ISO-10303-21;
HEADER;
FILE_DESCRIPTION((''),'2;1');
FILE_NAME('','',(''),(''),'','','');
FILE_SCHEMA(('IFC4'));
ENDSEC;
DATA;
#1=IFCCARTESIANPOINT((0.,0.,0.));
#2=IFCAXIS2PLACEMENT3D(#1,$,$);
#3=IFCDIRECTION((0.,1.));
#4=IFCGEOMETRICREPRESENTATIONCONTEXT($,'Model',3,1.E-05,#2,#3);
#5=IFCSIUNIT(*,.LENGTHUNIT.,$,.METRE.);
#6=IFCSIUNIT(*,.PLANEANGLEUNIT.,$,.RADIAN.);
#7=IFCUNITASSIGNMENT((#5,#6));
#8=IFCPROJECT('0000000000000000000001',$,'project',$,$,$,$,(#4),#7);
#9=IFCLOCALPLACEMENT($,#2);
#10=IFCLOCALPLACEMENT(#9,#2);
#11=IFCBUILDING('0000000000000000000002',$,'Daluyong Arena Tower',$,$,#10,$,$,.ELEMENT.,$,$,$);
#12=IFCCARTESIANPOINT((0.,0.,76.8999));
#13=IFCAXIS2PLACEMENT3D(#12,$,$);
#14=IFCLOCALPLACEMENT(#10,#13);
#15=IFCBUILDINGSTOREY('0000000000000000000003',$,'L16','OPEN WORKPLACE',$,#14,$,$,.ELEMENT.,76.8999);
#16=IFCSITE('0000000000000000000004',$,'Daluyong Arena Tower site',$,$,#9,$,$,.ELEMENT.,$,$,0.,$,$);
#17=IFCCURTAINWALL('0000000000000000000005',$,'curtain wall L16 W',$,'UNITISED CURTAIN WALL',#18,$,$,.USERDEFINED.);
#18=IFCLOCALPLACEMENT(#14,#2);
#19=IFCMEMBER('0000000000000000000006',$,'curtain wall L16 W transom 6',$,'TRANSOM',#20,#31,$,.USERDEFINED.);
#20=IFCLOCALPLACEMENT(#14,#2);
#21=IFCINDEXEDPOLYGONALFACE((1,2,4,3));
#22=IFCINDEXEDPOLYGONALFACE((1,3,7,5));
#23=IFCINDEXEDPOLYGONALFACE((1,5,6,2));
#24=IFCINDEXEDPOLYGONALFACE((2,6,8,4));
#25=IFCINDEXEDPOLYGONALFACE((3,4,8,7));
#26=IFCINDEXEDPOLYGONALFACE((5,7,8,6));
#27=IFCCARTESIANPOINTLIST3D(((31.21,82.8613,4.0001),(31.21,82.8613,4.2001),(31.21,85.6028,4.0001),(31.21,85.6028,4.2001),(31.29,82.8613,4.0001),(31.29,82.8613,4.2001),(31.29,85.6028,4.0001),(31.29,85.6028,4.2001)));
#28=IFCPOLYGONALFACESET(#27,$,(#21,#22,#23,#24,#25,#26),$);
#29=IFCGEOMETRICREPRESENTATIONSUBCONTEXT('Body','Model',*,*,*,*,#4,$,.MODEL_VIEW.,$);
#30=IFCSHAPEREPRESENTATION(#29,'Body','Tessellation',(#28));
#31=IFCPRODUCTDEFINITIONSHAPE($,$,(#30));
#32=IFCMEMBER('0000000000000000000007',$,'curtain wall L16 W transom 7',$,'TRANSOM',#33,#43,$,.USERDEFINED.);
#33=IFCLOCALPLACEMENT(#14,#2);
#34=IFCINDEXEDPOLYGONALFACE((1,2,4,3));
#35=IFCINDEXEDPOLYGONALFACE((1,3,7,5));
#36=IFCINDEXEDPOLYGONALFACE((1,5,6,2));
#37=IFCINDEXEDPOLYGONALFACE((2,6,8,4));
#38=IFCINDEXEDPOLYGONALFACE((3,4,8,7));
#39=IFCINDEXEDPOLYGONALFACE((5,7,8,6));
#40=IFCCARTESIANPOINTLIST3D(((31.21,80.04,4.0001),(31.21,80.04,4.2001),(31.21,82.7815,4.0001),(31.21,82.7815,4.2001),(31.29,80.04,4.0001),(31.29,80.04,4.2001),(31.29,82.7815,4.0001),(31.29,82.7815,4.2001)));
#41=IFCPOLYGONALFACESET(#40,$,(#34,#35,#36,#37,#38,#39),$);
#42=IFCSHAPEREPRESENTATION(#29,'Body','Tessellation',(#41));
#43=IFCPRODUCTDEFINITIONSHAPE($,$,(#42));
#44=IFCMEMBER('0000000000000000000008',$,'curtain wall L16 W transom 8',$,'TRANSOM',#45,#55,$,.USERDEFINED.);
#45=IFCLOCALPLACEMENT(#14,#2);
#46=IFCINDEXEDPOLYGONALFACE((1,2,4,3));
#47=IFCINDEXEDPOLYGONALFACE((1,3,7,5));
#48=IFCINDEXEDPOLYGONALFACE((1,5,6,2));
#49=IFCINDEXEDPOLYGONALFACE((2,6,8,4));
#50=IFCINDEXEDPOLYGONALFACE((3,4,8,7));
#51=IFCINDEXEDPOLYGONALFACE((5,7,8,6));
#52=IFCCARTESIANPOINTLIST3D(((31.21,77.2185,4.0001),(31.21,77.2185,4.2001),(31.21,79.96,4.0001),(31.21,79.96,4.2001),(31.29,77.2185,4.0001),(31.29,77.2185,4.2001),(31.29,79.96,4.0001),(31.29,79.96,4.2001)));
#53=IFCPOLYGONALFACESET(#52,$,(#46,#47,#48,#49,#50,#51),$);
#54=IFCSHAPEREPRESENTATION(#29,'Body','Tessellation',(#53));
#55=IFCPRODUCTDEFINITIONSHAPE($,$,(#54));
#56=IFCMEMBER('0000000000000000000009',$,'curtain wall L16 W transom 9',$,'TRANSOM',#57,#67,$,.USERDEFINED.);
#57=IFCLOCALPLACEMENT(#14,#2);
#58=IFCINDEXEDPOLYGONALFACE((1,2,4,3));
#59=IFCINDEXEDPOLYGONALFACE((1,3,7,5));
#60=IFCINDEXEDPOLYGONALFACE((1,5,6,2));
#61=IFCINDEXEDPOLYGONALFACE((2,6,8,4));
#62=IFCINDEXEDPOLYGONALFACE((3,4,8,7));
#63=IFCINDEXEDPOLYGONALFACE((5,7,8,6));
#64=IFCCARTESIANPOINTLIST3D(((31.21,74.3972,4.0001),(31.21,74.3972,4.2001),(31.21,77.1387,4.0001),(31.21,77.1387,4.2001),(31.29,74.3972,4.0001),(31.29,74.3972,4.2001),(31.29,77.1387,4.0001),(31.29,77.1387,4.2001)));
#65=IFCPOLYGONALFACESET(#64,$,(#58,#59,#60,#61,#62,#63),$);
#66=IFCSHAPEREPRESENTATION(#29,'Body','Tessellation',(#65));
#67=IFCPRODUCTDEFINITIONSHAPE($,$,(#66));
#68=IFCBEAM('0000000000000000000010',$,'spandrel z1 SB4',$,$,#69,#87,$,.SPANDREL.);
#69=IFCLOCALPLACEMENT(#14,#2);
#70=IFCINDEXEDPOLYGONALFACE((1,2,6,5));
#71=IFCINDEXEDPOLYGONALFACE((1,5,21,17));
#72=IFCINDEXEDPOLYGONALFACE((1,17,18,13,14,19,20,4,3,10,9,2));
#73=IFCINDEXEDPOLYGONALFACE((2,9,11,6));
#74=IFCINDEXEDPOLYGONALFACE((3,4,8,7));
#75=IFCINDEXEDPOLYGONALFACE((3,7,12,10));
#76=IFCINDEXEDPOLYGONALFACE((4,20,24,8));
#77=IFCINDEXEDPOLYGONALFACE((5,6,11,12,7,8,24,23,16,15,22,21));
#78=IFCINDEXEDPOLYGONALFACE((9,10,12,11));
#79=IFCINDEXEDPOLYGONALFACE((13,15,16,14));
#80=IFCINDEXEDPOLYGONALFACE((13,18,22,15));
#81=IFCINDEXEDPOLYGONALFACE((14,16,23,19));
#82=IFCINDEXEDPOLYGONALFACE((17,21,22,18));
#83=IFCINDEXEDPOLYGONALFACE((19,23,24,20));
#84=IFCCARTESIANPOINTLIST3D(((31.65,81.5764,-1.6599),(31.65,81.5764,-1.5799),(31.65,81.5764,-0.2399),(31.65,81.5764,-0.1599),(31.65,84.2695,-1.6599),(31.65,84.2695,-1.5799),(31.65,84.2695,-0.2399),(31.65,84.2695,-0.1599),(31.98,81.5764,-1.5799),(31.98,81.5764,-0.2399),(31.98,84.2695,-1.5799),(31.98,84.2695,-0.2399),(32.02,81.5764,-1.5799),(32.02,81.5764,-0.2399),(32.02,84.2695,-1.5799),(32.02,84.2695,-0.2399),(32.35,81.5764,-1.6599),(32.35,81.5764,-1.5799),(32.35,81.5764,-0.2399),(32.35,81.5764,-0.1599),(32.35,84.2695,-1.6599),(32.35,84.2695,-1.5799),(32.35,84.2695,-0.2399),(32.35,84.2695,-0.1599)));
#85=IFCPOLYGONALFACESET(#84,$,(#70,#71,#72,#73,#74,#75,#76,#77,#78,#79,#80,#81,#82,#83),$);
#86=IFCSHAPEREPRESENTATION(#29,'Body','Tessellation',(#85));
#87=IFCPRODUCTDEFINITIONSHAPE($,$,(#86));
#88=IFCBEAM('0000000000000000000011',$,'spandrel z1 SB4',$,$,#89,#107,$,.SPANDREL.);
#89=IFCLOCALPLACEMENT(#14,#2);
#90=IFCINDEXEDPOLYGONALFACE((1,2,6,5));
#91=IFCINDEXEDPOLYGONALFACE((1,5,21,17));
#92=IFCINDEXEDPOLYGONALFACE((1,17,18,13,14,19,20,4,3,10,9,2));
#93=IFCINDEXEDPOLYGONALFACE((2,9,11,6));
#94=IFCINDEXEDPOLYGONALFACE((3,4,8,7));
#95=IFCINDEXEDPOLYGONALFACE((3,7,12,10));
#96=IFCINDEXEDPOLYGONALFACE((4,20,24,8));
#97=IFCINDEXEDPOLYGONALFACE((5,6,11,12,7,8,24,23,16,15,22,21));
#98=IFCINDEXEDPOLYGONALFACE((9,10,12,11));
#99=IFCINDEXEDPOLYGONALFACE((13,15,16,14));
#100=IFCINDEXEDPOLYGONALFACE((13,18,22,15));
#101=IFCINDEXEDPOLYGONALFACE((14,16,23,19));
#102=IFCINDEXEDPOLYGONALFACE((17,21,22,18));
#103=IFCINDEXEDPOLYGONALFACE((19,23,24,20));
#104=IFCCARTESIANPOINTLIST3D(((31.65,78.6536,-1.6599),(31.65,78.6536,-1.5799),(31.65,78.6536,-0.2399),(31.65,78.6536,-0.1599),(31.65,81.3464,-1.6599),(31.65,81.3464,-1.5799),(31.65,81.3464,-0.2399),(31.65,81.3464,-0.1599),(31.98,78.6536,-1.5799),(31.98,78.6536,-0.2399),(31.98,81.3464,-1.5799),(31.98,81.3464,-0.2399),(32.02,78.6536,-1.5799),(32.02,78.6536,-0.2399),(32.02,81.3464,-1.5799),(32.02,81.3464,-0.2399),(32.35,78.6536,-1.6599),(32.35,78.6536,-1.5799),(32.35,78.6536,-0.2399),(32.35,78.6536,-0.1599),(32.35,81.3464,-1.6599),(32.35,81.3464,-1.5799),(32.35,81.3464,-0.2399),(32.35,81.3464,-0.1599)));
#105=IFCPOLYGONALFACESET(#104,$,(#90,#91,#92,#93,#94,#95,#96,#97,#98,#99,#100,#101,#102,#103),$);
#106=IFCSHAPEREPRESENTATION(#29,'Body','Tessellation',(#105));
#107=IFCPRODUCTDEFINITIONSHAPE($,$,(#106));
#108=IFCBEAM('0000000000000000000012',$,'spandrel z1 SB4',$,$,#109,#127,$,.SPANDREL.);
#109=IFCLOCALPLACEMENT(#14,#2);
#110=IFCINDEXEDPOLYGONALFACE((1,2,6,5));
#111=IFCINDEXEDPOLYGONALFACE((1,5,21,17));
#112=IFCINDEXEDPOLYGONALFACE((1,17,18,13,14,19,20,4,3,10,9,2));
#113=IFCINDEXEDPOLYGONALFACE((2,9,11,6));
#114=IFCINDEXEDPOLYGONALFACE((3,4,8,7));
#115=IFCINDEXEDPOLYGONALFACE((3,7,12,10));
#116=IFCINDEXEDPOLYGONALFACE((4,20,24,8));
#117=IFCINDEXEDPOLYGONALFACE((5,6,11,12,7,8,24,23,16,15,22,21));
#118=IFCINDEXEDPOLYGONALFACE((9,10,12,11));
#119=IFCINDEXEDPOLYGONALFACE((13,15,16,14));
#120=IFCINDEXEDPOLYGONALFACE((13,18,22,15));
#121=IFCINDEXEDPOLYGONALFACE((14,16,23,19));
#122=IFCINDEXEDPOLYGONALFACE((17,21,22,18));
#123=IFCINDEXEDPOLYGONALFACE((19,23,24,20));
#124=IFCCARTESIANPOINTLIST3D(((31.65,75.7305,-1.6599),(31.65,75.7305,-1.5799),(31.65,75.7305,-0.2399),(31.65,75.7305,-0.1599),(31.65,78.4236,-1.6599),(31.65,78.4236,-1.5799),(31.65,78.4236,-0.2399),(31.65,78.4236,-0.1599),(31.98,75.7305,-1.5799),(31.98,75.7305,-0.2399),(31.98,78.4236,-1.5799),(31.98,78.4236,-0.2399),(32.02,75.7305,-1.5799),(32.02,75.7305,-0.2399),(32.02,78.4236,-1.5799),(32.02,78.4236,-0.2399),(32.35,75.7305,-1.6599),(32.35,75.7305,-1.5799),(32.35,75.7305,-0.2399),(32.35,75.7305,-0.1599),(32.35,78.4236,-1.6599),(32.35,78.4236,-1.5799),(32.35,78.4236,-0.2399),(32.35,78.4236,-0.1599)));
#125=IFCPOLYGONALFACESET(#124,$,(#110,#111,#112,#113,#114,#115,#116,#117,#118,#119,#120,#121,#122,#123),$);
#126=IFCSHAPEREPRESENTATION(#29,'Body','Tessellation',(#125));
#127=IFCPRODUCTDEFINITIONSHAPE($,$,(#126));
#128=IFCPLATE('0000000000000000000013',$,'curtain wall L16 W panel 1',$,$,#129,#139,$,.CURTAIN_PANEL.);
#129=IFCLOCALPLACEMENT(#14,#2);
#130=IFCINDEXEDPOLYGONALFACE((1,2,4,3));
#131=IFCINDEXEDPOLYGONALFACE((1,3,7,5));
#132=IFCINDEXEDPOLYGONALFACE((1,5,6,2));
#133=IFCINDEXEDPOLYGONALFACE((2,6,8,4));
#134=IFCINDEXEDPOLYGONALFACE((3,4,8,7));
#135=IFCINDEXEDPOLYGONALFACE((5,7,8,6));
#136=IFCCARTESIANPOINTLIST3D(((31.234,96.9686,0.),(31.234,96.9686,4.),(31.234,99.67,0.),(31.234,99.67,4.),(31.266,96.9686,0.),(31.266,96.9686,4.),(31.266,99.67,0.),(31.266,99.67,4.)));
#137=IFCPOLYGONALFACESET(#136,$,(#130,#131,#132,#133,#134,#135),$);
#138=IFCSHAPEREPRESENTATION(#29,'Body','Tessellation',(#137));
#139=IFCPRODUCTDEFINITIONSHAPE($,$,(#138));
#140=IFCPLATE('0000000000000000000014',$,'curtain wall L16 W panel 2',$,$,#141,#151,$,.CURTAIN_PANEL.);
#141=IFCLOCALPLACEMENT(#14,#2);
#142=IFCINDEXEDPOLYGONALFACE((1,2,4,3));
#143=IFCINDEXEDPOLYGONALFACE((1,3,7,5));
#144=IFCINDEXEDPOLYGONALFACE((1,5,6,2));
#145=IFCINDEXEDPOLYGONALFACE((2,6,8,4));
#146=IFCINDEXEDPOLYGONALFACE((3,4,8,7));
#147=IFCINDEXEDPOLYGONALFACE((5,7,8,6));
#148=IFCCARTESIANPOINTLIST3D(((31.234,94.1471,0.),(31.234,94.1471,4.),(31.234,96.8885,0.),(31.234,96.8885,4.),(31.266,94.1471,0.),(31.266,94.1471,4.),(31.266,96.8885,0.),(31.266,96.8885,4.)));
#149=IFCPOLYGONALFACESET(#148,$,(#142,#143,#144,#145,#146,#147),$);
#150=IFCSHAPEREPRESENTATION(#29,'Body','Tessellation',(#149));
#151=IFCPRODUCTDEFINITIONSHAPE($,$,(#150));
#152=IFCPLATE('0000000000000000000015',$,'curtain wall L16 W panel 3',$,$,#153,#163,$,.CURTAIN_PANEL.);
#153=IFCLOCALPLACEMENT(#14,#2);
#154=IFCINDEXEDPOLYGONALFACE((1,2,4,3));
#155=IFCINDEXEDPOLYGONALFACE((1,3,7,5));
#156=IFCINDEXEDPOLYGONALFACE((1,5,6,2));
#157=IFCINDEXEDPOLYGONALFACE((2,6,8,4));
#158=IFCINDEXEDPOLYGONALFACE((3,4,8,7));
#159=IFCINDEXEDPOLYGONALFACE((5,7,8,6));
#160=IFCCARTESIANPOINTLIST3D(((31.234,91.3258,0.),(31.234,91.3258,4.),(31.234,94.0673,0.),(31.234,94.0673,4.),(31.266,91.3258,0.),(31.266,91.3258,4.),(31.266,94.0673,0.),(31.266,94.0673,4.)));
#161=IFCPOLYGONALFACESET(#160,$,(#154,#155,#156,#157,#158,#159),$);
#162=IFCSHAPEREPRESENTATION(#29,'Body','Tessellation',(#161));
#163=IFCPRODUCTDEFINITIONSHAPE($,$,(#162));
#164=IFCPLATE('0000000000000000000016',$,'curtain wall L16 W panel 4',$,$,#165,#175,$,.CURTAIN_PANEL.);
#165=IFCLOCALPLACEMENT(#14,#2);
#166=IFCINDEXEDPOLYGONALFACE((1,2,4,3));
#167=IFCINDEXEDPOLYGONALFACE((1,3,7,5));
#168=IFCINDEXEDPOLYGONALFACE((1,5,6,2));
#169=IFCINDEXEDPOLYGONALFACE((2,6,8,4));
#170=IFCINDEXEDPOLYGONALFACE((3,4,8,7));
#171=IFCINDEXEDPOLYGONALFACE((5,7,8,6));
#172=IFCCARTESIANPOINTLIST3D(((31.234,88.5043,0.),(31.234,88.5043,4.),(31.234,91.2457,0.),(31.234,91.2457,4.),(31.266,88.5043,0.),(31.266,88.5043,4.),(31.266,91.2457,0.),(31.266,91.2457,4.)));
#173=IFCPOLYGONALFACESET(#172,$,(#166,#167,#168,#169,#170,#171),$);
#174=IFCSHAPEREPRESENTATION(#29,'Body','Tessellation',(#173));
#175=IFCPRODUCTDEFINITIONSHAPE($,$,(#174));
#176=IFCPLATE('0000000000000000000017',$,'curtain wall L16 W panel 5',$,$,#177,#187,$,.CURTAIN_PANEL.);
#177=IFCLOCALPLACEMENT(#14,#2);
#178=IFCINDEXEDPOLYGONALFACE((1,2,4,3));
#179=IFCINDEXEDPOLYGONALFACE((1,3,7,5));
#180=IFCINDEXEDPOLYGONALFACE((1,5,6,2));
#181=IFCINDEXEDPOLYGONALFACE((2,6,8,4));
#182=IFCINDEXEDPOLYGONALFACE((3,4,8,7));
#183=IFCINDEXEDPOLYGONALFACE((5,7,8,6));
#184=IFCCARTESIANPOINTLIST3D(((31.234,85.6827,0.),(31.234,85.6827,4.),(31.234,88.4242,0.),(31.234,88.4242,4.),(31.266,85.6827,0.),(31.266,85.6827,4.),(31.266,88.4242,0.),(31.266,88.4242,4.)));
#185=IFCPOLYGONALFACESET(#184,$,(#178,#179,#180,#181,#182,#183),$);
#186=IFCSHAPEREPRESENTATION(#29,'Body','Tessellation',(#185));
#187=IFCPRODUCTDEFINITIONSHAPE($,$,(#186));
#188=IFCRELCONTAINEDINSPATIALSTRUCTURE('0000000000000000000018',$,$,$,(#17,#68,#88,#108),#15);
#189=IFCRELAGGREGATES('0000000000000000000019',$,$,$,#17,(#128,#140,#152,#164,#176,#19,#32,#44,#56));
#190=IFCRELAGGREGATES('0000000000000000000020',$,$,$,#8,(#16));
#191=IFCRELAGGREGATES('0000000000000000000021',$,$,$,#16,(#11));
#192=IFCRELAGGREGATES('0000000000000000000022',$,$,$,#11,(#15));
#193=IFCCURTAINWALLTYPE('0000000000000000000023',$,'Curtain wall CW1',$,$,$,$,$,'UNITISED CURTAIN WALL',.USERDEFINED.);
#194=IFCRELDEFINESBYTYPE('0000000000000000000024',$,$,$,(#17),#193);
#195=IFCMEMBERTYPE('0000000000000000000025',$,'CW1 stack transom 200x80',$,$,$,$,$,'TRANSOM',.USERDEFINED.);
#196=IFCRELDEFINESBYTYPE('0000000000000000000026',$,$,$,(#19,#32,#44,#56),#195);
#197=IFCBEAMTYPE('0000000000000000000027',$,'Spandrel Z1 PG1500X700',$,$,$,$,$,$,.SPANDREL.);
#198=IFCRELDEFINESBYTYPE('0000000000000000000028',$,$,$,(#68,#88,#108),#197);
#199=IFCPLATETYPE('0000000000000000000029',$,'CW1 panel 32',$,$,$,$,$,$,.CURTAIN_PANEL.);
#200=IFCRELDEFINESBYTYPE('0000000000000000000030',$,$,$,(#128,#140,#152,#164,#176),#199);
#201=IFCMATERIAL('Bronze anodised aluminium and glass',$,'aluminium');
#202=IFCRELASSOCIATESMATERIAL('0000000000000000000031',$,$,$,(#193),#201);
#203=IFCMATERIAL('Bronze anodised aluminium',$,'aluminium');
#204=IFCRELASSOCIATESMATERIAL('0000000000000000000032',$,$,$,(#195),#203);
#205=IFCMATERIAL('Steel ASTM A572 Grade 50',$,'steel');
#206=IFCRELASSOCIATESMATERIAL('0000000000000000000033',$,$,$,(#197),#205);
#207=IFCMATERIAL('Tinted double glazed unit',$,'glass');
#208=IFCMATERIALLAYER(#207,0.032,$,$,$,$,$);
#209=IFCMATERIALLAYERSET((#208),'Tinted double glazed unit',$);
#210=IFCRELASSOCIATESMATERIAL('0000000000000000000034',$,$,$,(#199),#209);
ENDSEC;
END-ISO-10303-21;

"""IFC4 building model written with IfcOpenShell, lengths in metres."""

from ifc_helpers import new_model, si_unit, direction, frame, origin, origin_2d, place, context, subcontext, project, spatial, rectangle, i_section, extrude, material, layer, layer_set, material_profile, profile_set, type_object, element, aggregate, save


model = new_model("IFC4")

# Units and contexts
model_context = context("Model", 3, precision=1e-05, world=origin(), true_north=direction((0.0, 1.0)))
body_context = subcontext(model_context, "Body", "Model", "MODEL_VIEW")
ifc_project = project(units=[si_unit("LENGTHUNIT", "METRE"), si_unit("PLANEANGLEUNIT", "RADIAN")], contexts=[model_context])

# Site, building, storey
site_placement = place(None, origin())
site = spatial("IfcSite", under=ifc_project, at=site_placement, Name="Daluyong Arena Tower site", CompositionType="ELEMENT", RefElevation=0.0)
building_placement = place(site_placement, origin())
building = spatial("IfcBuilding", under=site, at=building_placement, Name="Daluyong Arena Tower", CompositionType="ELEMENT")
storey_placement = place(building_placement, frame((0.0, 0.0, 76.8999)))
storey = spatial("IfcBuildingStorey", under=building, at=storey_placement, Name="L16", Description="OPEN WORKPLACE", CompositionType="ELEMENT", Elevation=76.8999)

# Curtain wall, members
ifc_material_1 = material(Name="Bronze anodised aluminium and glass", Category="aluminium")
curtain_wall_type = type_object("IfcCurtainWallType", Name="Curtain wall CW1", ElementType="UNITISED CURTAIN WALL", PredefinedType="USERDEFINED", material=ifc_material_1)
curtain_wall_placement = place(storey_placement, origin())
curtain_wall = element("IfcCurtainWall", 1, at=curtain_wall_placement, inside=storey, type_object=curtain_wall_type, Name="curtain wall L16 W", ObjectType="UNITISED CURTAIN WALL", PredefinedType="USERDEFINED")
ifc_material_2 = material(Name="Bronze anodised aluminium", Category="aluminium")
ifc_material_profile_1 = material_profile(ifc_material_2, rectangle(XDim=0.0801, YDim=0.2, at=origin_2d()))
ifc_profile_set_1 = profile_set([ifc_material_profile_1], Name="Bronze anodised aluminium")
member_type_1 = type_object("IfcMemberType", Name="CW1 stack transom 200x80", ElementType="TRANSOM", PredefinedType="USERDEFINED", material=ifc_profile_set_1)
member_1_placement = place(storey_placement, frame((31.25, 85.6028, 4.1001), z_axis=(0.0, -1.0, 0.0), x_axis=(1.0, 0.0, 0.0)))
member_1 = element("IfcMember", 2, at=member_1_placement, type_object=member_type_1, Name="curtain wall L16 W transom 6", ObjectType="TRANSOM", PredefinedType="USERDEFINED", context=body_context, shape_type="SweptSolid", body=[
    extrude(rectangle(XDim=0.0801, YDim=0.2, at=origin_2d()), origin(), (0.0, 0.0, 1.0), 2.7415),
])
member_2_placement = place(storey_placement, frame((31.25, 82.7815, 4.1001), z_axis=(0.0, -1.0, 0.0), x_axis=(1.0, 0.0, 0.0)))
member_2 = element("IfcMember", 3, at=member_2_placement, type_object=member_type_1, Name="curtain wall L16 W transom 7", ObjectType="TRANSOM", PredefinedType="USERDEFINED", context=body_context, shape_type="SweptSolid", body=[
    extrude(rectangle(XDim=0.0801, YDim=0.2, at=origin_2d()), origin(), (0.0, 0.0, 1.0), 2.7415),
])
member_3_placement = place(storey_placement, frame((31.25, 79.96, 4.1001), z_axis=(0.0, -1.0, 0.0), x_axis=(1.0, 0.0, 0.0)))
member_3 = element("IfcMember", 4, at=member_3_placement, type_object=member_type_1, Name="curtain wall L16 W transom 8", ObjectType="TRANSOM", PredefinedType="USERDEFINED", context=body_context, shape_type="SweptSolid", body=[
    extrude(rectangle(XDim=0.0801, YDim=0.2, at=origin_2d()), origin(), (0.0, 0.0, 1.0), 2.7415),
])
member_4_placement = place(storey_placement, frame((31.25, 77.1387, 4.1001), z_axis=(0.0, -1.0, 0.0), x_axis=(1.0, 0.0, 0.0)))
member_4 = element("IfcMember", 5, at=member_4_placement, type_object=member_type_1, Name="curtain wall L16 W transom 9", ObjectType="TRANSOM", PredefinedType="USERDEFINED", context=body_context, shape_type="SweptSolid", body=[
    extrude(rectangle(XDim=0.0801, YDim=0.2, at=origin_2d()), origin(), (0.0, 0.0, 1.0), 2.7415),
])

# Beams
ifc_material_3 = material(Name="Steel ASTM A572 Grade 50", Category="steel")
ifc_material_profile_2 = material_profile(ifc_material_3, i_section(OverallWidth=0.7, OverallDepth=1.5, WebThickness=0.04, FlangeThickness=0.08, at=origin_2d()))
ifc_profile_set_2 = profile_set([ifc_material_profile_2], Name="Steel ASTM A572 Grade 50")
beam_type = type_object("IfcBeamType", Name="Spandrel Z1 PG1500X700", PredefinedType="SPANDREL", material=ifc_profile_set_2)
beam_1_placement = place(storey_placement, frame((32.0, 84.2695, -0.9099), z_axis=(0.0, -1.0, 0.0), x_axis=(1.0, 0.0, 0.0)))
element("IfcBeam", 6, at=beam_1_placement, inside=storey, type_object=beam_type, Name="spandrel z1 SB4", PredefinedType="SPANDREL", context=body_context, shape_type="SweptSolid", body=[
    extrude(i_section(OverallWidth=0.7, OverallDepth=1.5, WebThickness=0.04, FlangeThickness=0.08, at=origin_2d()), origin(), (0.0, 0.0, 1.0), 2.6931),
])
beam_2_placement = place(storey_placement, frame((32.0, 81.3464, -0.9099), z_axis=(0.0, -1.0, 0.0), x_axis=(1.0, 0.0, 0.0)))
element("IfcBeam", 7, at=beam_2_placement, inside=storey, type_object=beam_type, Name="spandrel z1 SB4", PredefinedType="SPANDREL", context=body_context, shape_type="SweptSolid", body=[
    extrude(i_section(OverallWidth=0.7, OverallDepth=1.5, WebThickness=0.04, FlangeThickness=0.08, at=origin_2d()), origin(), (0.0, 0.0, 1.0), 2.6929),
])
beam_3_placement = place(storey_placement, frame((32.0, 78.4236, -0.9099), z_axis=(0.0, -1.0, 0.0), x_axis=(1.0, 0.0, 0.0)))
element("IfcBeam", 8, at=beam_3_placement, inside=storey, type_object=beam_type, Name="spandrel z1 SB4", PredefinedType="SPANDREL", context=body_context, shape_type="SweptSolid", body=[
    extrude(i_section(OverallWidth=0.7, OverallDepth=1.5, WebThickness=0.04, FlangeThickness=0.08, at=origin_2d()), origin(), (0.0, 0.0, 1.0), 2.6931),
])

# Plates
ifc_material_4 = material(Name="Tinted double glazed unit", Category="glass")
ifc_layer = layer(ifc_material_4, 0.032)
ifc_layer_set = layer_set([ifc_layer], Name="Tinted double glazed unit")
plate_type = type_object("IfcPlateType", Name="CW1 panel 32", PredefinedType="CURTAIN_PANEL", material=ifc_layer_set)
plate_1_placement = place(storey_placement, frame((31.25, 98.3193, 0.0), z_axis=(0.0, 0.0, 1.0), x_axis=(0.0, -1.0, 0.0)))
plate_1 = element("IfcPlate", 9, at=plate_1_placement, type_object=plate_type, Name="curtain wall L16 W panel 1", PredefinedType="CURTAIN_PANEL", context=body_context, shape_type="SweptSolid", body=[
    extrude(rectangle(XDim=2.7014, YDim=0.032, at=origin_2d()), origin(), (0.0, 0.0, 1.0), 4.0),
])
plate_2_placement = place(storey_placement, frame((31.25, 95.5178, 0.0), z_axis=(0.0, 0.0, 1.0), x_axis=(0.0, -1.0, 0.0)))
plate_2 = element("IfcPlate", 10, at=plate_2_placement, type_object=plate_type, Name="curtain wall L16 W panel 2", PredefinedType="CURTAIN_PANEL", context=body_context, shape_type="SweptSolid", body=[
    extrude(rectangle(XDim=2.7415, YDim=0.032, at=origin_2d()), origin(), (0.0, 0.0, 1.0), 4.0),
])
plate_3_placement = place(storey_placement, frame((31.25, 92.6965, 0.0), z_axis=(0.0, 0.0, 1.0), x_axis=(0.0, -1.0, 0.0)))
plate_3 = element("IfcPlate", 11, at=plate_3_placement, type_object=plate_type, Name="curtain wall L16 W panel 3", PredefinedType="CURTAIN_PANEL", context=body_context, shape_type="SweptSolid", body=[
    extrude(rectangle(XDim=2.7415, YDim=0.032, at=origin_2d()), origin(), (0.0, 0.0, 1.0), 4.0),
])
plate_4_placement = place(storey_placement, frame((31.25, 89.875, 0.0), z_axis=(0.0, 0.0, 1.0), x_axis=(0.0, -1.0, 0.0)))
plate_4 = element("IfcPlate", 12, at=plate_4_placement, type_object=plate_type, Name="curtain wall L16 W panel 4", PredefinedType="CURTAIN_PANEL", context=body_context, shape_type="SweptSolid", body=[
    extrude(rectangle(XDim=2.7415, YDim=0.032, at=origin_2d()), origin(), (0.0, 0.0, 1.0), 4.0),
])
plate_5_placement = place(storey_placement, frame((31.25, 87.0535, 0.0), z_axis=(0.0, 0.0, 1.0), x_axis=(0.0, -1.0, 0.0)))
plate_5 = element("IfcPlate", 13, at=plate_5_placement, type_object=plate_type, Name="curtain wall L16 W panel 5", PredefinedType="CURTAIN_PANEL", context=body_context, shape_type="SweptSolid", body=[
    extrude(rectangle(XDim=2.7415, YDim=0.032, at=origin_2d()), origin(), (0.0, 0.0, 1.0), 4.0),
])
aggregate(curtain_wall, [plate_1, plate_2, plate_3, plate_4, plate_5, member_1, member_2, member_3, member_4])

save(model, "model.ifc")
